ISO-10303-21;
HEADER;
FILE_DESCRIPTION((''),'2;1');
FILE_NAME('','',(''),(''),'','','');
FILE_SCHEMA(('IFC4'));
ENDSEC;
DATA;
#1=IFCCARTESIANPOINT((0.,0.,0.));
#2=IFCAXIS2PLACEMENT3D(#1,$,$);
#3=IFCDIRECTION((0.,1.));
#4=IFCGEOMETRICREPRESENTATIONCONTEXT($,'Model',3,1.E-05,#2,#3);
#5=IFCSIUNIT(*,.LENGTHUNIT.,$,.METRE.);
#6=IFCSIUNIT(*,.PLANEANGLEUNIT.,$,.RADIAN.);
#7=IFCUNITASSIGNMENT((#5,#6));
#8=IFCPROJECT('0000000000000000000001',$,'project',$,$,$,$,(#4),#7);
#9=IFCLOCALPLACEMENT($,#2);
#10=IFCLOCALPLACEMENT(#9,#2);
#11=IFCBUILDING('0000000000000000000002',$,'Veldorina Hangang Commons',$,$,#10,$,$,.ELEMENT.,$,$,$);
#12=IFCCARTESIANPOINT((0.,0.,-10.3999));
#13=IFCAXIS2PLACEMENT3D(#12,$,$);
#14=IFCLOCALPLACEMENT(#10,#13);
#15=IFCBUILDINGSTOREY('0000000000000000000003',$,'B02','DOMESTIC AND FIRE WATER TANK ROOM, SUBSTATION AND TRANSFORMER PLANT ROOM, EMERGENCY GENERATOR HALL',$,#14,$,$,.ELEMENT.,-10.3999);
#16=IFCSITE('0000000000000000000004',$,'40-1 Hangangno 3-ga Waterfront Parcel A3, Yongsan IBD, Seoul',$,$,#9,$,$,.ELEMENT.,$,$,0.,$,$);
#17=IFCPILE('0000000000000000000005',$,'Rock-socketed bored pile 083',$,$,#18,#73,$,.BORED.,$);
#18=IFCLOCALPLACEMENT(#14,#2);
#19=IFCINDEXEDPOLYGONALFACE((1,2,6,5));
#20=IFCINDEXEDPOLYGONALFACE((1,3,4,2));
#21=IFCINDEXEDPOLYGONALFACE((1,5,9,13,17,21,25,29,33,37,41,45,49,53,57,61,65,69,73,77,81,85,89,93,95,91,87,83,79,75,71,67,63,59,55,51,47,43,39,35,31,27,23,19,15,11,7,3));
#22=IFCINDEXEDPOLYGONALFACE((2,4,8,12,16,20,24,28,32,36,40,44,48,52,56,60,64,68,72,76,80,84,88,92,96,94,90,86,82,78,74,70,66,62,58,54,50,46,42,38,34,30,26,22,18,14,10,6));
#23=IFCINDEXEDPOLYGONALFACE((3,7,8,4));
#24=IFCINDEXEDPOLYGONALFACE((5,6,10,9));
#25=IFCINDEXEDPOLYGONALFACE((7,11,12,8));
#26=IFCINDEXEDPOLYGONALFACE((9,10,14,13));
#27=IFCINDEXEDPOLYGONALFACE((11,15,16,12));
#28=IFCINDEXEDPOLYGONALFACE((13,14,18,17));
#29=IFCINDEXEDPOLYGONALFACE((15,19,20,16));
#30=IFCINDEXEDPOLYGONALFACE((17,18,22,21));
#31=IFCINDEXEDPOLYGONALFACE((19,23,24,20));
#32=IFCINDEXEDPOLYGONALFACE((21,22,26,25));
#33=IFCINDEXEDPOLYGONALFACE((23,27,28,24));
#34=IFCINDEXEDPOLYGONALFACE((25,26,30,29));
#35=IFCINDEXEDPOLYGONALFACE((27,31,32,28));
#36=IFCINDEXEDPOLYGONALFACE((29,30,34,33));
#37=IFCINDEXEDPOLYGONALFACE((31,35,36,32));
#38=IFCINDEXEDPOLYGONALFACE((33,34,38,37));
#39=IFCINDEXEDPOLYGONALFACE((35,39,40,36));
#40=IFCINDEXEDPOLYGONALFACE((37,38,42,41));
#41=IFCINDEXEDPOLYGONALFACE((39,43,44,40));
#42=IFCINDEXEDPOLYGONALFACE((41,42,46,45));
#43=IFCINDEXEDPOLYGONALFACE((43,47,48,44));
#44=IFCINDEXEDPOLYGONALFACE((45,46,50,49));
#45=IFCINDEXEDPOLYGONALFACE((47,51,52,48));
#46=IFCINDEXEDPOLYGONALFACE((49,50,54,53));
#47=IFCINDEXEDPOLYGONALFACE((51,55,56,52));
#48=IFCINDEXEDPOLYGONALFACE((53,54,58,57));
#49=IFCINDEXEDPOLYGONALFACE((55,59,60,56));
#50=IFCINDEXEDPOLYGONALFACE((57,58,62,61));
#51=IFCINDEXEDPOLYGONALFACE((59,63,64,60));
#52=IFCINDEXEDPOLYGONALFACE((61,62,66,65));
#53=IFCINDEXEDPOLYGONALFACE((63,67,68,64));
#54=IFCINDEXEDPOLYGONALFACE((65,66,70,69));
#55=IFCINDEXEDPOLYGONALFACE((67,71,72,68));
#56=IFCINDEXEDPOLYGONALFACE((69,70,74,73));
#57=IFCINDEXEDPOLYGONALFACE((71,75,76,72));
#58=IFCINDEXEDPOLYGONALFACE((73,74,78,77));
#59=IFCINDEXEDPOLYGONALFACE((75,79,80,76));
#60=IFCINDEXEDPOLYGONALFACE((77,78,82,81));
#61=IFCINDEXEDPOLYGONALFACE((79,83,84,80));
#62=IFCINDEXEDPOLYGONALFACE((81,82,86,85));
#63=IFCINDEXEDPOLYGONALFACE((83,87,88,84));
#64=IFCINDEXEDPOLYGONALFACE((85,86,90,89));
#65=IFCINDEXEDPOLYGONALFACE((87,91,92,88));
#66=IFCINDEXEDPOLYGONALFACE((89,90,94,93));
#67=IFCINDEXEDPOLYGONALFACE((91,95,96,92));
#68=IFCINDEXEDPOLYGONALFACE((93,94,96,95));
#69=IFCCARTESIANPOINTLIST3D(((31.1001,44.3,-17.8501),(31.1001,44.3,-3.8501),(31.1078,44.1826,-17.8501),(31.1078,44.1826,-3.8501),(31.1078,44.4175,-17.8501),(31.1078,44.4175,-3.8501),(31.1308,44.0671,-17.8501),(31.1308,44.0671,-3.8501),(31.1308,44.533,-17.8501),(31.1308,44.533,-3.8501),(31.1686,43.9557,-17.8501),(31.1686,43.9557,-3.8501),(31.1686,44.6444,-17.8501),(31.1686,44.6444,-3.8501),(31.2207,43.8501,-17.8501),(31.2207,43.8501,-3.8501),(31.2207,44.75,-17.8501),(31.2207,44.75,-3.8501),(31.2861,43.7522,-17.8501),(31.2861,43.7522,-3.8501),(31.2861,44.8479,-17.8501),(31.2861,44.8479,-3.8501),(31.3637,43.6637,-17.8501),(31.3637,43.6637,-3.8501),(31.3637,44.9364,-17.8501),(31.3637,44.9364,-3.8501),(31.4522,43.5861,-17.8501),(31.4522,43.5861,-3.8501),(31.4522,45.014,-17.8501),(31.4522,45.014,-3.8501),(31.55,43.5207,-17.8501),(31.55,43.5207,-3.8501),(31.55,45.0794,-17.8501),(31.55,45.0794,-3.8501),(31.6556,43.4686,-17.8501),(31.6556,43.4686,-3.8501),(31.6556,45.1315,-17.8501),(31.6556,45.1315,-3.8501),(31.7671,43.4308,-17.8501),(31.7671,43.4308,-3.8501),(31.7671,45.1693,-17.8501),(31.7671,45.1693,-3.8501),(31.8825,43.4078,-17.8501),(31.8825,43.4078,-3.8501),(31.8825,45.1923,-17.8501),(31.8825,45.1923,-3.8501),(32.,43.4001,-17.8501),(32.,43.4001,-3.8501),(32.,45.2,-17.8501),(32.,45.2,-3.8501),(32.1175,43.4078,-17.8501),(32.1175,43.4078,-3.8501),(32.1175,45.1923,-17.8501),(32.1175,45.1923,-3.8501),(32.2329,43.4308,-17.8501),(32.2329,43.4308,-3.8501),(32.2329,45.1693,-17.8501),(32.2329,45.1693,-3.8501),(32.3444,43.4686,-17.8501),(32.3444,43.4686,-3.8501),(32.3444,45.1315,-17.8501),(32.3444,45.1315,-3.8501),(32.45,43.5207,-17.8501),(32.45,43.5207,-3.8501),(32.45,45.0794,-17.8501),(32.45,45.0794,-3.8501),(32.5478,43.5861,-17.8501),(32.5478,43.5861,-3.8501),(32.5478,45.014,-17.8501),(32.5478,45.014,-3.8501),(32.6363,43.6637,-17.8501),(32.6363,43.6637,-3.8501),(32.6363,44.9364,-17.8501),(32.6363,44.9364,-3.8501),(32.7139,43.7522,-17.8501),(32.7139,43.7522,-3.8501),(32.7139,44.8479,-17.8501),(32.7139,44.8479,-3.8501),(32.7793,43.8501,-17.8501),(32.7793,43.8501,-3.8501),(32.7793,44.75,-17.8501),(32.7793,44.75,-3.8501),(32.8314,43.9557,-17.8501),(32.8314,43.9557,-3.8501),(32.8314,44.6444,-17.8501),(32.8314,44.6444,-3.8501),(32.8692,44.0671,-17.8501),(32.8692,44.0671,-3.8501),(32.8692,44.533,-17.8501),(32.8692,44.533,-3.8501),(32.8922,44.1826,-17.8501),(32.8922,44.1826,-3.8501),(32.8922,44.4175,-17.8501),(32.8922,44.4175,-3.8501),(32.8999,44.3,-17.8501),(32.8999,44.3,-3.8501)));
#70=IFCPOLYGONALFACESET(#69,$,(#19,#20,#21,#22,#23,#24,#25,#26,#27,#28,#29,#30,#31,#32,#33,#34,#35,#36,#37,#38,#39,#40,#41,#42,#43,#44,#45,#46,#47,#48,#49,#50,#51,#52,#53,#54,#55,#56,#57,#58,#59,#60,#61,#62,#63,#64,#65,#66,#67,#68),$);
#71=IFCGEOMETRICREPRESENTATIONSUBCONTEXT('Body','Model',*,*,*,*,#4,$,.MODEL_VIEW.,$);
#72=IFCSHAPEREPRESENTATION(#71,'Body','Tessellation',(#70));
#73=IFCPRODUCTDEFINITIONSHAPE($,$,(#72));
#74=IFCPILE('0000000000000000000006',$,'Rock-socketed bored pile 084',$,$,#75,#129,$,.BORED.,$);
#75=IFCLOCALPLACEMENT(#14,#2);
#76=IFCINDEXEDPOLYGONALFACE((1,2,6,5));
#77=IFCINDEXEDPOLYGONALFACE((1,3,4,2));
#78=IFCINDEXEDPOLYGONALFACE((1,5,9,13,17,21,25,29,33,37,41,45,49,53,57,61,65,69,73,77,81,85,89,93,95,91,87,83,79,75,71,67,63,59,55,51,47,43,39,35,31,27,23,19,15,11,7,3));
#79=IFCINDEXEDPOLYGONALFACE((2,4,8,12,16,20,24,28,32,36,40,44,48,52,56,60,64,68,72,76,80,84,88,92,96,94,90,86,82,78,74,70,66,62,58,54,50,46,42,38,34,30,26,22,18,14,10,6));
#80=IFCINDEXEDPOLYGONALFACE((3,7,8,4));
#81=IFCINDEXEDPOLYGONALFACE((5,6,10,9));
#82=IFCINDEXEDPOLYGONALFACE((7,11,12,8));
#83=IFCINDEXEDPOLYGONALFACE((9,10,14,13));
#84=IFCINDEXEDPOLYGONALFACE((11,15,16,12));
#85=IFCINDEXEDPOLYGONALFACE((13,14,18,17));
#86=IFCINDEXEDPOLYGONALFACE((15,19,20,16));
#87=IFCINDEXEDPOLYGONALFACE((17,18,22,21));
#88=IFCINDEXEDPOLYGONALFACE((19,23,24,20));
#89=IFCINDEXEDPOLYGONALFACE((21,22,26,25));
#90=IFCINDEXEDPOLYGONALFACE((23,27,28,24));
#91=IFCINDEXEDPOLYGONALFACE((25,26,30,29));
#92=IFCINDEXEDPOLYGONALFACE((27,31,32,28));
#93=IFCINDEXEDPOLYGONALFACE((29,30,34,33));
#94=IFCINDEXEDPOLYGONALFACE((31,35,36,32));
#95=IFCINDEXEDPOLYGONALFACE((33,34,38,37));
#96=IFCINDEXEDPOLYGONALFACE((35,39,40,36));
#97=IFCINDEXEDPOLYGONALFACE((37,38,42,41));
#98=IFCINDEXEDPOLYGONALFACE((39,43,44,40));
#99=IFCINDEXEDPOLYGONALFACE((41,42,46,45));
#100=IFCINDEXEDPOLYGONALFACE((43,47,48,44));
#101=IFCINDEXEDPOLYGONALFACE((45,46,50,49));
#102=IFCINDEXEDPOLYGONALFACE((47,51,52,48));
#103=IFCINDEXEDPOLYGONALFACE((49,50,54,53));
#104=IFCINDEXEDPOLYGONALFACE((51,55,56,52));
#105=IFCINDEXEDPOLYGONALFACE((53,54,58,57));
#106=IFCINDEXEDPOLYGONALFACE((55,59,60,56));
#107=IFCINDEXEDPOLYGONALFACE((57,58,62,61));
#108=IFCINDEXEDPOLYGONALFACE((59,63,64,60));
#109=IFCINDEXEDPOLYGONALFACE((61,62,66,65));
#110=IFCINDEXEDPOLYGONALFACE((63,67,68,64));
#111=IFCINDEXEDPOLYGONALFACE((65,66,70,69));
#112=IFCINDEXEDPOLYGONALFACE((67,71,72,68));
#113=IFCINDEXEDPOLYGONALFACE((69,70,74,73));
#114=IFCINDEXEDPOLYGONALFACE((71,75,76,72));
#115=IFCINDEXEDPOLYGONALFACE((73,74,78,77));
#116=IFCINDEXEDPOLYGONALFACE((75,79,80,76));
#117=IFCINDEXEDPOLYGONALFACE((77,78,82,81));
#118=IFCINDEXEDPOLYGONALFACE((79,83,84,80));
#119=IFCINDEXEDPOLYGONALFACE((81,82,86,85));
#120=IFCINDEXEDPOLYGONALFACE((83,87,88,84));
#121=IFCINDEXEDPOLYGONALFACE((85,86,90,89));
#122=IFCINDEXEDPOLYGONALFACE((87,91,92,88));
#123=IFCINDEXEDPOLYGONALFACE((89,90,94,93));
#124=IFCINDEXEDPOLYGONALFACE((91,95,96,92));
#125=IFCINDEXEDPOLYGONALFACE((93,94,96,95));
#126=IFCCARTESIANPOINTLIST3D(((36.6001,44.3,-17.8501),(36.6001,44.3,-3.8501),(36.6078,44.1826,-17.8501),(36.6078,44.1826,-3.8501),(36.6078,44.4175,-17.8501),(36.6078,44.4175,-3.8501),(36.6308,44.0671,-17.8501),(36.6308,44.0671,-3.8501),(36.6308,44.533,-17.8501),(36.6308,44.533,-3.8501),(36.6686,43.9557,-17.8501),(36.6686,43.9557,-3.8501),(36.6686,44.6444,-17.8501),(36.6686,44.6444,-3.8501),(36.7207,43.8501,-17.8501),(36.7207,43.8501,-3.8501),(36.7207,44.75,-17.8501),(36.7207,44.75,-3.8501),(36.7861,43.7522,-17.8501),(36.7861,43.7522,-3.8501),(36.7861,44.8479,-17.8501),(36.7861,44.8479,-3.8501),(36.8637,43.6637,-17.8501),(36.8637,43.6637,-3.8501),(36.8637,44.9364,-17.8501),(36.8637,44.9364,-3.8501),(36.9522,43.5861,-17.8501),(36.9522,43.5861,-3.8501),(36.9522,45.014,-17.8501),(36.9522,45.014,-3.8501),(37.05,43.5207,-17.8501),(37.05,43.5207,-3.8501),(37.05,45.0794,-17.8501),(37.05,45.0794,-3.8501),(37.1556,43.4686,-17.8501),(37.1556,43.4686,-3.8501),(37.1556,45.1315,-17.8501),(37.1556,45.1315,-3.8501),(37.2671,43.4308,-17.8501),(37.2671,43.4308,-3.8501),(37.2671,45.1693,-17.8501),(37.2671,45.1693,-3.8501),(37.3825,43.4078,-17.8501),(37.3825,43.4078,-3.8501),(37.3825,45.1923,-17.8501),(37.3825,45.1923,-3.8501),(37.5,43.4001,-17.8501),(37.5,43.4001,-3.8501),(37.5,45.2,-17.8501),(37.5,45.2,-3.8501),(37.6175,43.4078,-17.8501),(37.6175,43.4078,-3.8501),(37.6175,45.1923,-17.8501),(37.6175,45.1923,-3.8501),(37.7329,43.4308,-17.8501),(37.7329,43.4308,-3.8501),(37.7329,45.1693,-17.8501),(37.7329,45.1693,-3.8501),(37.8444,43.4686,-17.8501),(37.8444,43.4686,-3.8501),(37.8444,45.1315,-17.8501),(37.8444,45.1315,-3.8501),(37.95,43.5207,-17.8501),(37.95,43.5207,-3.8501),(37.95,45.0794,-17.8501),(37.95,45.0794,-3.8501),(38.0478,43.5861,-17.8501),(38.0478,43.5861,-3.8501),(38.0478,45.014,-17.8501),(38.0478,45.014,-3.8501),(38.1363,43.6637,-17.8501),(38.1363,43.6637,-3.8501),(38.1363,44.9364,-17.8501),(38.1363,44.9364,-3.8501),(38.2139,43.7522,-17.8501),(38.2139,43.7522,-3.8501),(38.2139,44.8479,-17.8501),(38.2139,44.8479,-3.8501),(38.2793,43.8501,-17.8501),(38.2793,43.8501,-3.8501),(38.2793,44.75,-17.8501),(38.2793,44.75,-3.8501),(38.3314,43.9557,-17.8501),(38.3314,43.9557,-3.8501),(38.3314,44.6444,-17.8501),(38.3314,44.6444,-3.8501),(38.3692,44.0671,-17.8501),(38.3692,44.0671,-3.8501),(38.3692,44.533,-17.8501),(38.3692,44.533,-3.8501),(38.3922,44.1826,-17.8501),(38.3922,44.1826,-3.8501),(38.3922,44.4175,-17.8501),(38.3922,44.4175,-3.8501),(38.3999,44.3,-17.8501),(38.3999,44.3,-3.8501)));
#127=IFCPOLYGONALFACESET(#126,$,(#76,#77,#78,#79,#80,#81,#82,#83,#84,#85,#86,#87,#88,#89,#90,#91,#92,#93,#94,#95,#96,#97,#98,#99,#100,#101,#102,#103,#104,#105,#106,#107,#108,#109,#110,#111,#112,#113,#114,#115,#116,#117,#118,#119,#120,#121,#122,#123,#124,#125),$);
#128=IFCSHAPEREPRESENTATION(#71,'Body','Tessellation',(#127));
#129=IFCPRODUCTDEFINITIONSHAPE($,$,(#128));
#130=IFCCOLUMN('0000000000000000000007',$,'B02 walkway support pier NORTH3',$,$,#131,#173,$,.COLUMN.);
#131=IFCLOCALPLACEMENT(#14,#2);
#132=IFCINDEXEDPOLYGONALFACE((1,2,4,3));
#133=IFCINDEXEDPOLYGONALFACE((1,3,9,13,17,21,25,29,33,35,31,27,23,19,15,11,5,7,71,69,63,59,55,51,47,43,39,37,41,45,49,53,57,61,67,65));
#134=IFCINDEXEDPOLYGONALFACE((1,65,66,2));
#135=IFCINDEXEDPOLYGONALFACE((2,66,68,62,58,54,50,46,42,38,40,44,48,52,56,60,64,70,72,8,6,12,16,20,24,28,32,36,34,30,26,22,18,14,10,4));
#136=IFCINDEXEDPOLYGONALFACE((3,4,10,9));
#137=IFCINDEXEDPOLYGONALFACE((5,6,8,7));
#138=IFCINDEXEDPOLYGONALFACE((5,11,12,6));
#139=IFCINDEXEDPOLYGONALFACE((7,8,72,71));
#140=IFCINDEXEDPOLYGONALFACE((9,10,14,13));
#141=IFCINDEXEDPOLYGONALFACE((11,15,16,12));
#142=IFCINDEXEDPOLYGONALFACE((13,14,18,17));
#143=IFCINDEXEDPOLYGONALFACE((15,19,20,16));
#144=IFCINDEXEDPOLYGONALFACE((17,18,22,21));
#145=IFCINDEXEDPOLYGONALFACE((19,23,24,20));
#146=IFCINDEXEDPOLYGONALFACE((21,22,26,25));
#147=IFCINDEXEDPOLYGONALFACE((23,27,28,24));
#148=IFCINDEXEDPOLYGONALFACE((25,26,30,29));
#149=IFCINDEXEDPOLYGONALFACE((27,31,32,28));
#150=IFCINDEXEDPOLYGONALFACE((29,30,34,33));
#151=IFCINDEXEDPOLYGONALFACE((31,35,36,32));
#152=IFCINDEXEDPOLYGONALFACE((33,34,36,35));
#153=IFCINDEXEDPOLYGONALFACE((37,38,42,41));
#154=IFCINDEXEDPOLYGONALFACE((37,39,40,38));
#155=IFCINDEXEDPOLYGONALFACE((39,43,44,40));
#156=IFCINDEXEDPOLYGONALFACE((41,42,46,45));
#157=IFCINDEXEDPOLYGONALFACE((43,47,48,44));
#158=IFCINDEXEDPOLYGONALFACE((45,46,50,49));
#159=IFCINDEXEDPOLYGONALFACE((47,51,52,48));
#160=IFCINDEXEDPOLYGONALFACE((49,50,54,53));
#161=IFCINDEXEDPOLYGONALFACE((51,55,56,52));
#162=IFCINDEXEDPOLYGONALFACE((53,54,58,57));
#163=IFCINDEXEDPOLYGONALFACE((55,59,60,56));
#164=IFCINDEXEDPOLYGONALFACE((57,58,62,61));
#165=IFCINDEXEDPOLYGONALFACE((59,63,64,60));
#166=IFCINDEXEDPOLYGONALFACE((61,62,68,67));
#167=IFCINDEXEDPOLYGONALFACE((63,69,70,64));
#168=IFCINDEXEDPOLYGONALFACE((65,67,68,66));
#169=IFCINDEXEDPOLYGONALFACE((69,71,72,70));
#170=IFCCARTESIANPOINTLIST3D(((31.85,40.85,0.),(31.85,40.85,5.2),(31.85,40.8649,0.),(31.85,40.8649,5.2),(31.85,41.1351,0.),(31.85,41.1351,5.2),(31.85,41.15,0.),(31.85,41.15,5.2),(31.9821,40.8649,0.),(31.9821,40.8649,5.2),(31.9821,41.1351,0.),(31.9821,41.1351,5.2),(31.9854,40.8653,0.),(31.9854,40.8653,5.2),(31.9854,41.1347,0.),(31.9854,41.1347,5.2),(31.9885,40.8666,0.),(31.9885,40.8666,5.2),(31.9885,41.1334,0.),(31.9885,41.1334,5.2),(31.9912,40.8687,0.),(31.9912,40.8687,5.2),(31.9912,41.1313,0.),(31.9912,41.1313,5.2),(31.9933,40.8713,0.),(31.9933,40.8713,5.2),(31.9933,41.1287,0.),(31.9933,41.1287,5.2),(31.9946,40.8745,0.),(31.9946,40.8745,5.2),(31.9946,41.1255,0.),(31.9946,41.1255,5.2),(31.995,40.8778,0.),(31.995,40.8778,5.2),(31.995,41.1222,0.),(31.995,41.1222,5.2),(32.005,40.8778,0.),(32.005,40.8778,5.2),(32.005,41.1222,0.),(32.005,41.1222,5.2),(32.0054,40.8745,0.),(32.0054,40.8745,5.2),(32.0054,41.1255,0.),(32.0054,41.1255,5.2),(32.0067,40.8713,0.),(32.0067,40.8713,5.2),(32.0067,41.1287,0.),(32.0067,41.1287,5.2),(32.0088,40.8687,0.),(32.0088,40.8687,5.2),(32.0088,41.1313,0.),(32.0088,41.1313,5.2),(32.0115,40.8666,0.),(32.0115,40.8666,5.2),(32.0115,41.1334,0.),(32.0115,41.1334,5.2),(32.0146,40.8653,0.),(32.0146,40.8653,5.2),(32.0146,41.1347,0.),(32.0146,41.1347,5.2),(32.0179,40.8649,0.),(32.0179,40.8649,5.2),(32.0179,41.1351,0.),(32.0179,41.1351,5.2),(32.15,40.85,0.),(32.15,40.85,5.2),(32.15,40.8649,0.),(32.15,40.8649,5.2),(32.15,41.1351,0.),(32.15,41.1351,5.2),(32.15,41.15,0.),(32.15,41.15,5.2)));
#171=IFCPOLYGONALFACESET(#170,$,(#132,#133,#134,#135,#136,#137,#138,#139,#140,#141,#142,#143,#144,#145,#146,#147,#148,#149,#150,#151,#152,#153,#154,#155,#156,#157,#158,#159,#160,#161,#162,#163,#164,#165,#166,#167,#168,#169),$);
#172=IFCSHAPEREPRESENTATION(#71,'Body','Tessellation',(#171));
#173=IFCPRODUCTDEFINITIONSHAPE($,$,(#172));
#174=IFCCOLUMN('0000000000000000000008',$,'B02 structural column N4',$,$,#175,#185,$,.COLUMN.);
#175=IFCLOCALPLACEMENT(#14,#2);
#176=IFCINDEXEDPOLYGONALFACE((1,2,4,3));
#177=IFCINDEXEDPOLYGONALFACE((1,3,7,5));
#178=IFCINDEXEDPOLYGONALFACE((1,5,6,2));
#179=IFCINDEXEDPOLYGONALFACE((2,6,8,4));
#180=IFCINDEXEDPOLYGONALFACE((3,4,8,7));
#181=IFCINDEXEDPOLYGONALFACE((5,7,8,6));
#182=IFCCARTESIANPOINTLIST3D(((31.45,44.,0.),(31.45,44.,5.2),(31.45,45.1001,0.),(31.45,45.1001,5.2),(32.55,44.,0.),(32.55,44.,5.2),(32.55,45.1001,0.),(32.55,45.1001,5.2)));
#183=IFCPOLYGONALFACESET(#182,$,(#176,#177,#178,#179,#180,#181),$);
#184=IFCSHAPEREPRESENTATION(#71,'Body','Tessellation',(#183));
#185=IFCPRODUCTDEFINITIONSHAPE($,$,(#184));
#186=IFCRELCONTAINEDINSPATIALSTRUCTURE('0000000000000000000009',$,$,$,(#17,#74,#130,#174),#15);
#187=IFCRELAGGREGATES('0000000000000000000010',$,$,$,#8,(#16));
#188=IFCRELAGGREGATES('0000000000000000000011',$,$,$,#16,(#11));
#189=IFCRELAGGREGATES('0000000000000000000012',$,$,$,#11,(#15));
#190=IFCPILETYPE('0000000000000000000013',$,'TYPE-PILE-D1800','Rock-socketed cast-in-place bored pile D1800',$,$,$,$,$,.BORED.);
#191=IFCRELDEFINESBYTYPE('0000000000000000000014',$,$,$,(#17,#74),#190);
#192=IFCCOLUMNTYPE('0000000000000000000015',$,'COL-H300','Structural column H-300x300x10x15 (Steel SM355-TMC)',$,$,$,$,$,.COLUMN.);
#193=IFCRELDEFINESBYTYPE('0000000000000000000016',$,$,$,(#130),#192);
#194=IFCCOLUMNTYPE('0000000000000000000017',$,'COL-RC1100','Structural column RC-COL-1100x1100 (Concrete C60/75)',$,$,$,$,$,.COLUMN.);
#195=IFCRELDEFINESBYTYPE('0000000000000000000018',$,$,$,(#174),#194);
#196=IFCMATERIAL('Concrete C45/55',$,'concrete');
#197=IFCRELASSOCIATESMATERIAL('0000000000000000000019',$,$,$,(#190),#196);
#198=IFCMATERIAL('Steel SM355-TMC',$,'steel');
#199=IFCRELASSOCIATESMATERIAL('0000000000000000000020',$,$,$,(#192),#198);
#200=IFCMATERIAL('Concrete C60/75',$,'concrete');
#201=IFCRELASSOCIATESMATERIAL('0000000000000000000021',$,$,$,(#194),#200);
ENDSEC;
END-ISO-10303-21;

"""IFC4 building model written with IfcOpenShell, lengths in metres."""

from ifc_helpers import new_model, si_unit, direction, frame, origin, origin_2d, place, context, subcontext, project, spatial, rectangle, circle, i_section, extrude, material, material_profile, profile_set, type_object, element, save


model = new_model("IFC4")

# Units and contexts
model_context = context("Model", 3, precision=1e-05, world=origin(), true_north=direction((0.0, 1.0)))
body_context = subcontext(model_context, "Body", "Model", "MODEL_VIEW")
ifc_project = project(units=[si_unit("LENGTHUNIT", "METRE"), si_unit("PLANEANGLEUNIT", "RADIAN")], contexts=[model_context])

# Site, building, storey
site_placement = place(None, origin())
site = spatial("IfcSite", under=ifc_project, at=site_placement, Name="40-1 Hangangno 3-ga Waterfront Parcel A3, Yongsan IBD, Seoul", CompositionType="ELEMENT", RefElevation=0.0)
building_placement = place(site_placement, origin())
building = spatial("IfcBuilding", under=site, at=building_placement, Name="Veldorina Hangang Commons", CompositionType="ELEMENT")
storey_placement = place(building_placement, frame((0.0, 0.0, -10.3999)))
storey = spatial("IfcBuildingStorey", under=building, at=storey_placement, Name="B02", Description="DOMESTIC AND FIRE WATER TANK ROOM, SUBSTATION AND TRANSFORMER PLANT ROOM, EMERGENCY GENERATOR HALL", CompositionType="ELEMENT", Elevation=-10.3999)

# Piles
ifc_material_1 = material(Name="Concrete C45/55", Category="concrete")
ifc_material_profile_1 = material_profile(ifc_material_1, circle(Radius=0.8999, at=origin_2d()), Name="PILE-D1800")
ifc_profile_set_1 = profile_set([ifc_material_profile_1], Name="Concrete C45/55")
pile_type_1 = type_object("IfcPileType", Name="TYPE-PILE-D1800", Description="Rock-socketed cast-in-place bored pile D1800", PredefinedType="BORED", material=ifc_profile_set_1)
for number, where, z_axis, x_axis, name in (
    (1, (32.0, 44.3, -3.8501), (0.0, 0.0, -1.0), (1.0, 0.0, 0.0), "Rock-socketed bored pile 083"),
    (2, (37.5, 44.3, -3.8501), (0.0, 0.0, -1.0), (1.0, 0.0, 0.0), "Rock-socketed bored pile 084"),
):
    element("IfcPile", number, at=place(storey_placement, frame(where, z_axis=z_axis, x_axis=x_axis)), inside=storey, type_object=pile_type_1, Name=name, PredefinedType="BORED", context=body_context, shape_type="SweptSolid", body=[
        extrude(circle(Radius=0.8999, at=origin_2d()), origin(), (0.0, 0.0, 1.0), 14.0),
    ])

# Columns
ifc_material_2 = material(Name="Steel SM355-TMC", Category="steel")
ifc_material_profile_2 = material_profile(ifc_material_2, i_section(OverallWidth=0.3, OverallDepth=0.3, WebThickness=0.01, FlangeThickness=0.0149, FilletRadius=0.0129, at=origin_2d()), Name="H-300x300x10x15")
ifc_profile_set_2 = profile_set([ifc_material_profile_2], Name="Steel SM355-TMC")
column_type_1 = type_object("IfcColumnType", Name="COL-H300", Description="Structural column H-300x300x10x15 (Steel SM355-TMC)", PredefinedType="COLUMN", material=ifc_profile_set_2)
column_1_placement = place(storey_placement, frame((32.0, 41.0, 0.0), z_axis=(0.0, 0.0, 1.0), x_axis=(1.0, 0.0, 0.0)))
element("IfcColumn", 3, at=column_1_placement, inside=storey, type_object=column_type_1, Name="B02 walkway support pier NORTH3", PredefinedType="COLUMN", context=body_context, shape_type="SweptSolid", body=[
    extrude(i_section(OverallWidth=0.3, OverallDepth=0.3, WebThickness=0.01, FlangeThickness=0.0149, FilletRadius=0.0129, at=origin_2d()), origin(), (0.0, 0.0, 1.0), 5.2),
])
ifc_material_3 = material(Name="Concrete C60/75", Category="concrete")
ifc_material_profile_3 = material_profile(ifc_material_3, rectangle(XDim=1.1001, YDim=1.1001, at=origin_2d()), Name="RC-COL-1100x1100")
ifc_profile_set_3 = profile_set([ifc_material_profile_3], Name="Concrete C60/75")
column_type_2 = type_object("IfcColumnType", Name="COL-RC1100", Description="Structural column RC-COL-1100x1100 (Concrete C60/75)", PredefinedType="COLUMN", material=ifc_profile_set_3)
column_2_placement = place(storey_placement, frame((32.0, 44.55, 0.0), z_axis=(0.0, 0.0, 1.0), x_axis=(1.0, 0.0, 0.0)))
element("IfcColumn", 4, at=column_2_placement, inside=storey, type_object=column_type_2, Name="B02 structural column N4", PredefinedType="COLUMN", context=body_context, shape_type="SweptSolid", body=[
    extrude(rectangle(XDim=1.1001, YDim=1.1001, at=origin_2d()), origin(), (0.0, 0.0, 1.0), 5.2),
])

save(model, "model.ifc")
